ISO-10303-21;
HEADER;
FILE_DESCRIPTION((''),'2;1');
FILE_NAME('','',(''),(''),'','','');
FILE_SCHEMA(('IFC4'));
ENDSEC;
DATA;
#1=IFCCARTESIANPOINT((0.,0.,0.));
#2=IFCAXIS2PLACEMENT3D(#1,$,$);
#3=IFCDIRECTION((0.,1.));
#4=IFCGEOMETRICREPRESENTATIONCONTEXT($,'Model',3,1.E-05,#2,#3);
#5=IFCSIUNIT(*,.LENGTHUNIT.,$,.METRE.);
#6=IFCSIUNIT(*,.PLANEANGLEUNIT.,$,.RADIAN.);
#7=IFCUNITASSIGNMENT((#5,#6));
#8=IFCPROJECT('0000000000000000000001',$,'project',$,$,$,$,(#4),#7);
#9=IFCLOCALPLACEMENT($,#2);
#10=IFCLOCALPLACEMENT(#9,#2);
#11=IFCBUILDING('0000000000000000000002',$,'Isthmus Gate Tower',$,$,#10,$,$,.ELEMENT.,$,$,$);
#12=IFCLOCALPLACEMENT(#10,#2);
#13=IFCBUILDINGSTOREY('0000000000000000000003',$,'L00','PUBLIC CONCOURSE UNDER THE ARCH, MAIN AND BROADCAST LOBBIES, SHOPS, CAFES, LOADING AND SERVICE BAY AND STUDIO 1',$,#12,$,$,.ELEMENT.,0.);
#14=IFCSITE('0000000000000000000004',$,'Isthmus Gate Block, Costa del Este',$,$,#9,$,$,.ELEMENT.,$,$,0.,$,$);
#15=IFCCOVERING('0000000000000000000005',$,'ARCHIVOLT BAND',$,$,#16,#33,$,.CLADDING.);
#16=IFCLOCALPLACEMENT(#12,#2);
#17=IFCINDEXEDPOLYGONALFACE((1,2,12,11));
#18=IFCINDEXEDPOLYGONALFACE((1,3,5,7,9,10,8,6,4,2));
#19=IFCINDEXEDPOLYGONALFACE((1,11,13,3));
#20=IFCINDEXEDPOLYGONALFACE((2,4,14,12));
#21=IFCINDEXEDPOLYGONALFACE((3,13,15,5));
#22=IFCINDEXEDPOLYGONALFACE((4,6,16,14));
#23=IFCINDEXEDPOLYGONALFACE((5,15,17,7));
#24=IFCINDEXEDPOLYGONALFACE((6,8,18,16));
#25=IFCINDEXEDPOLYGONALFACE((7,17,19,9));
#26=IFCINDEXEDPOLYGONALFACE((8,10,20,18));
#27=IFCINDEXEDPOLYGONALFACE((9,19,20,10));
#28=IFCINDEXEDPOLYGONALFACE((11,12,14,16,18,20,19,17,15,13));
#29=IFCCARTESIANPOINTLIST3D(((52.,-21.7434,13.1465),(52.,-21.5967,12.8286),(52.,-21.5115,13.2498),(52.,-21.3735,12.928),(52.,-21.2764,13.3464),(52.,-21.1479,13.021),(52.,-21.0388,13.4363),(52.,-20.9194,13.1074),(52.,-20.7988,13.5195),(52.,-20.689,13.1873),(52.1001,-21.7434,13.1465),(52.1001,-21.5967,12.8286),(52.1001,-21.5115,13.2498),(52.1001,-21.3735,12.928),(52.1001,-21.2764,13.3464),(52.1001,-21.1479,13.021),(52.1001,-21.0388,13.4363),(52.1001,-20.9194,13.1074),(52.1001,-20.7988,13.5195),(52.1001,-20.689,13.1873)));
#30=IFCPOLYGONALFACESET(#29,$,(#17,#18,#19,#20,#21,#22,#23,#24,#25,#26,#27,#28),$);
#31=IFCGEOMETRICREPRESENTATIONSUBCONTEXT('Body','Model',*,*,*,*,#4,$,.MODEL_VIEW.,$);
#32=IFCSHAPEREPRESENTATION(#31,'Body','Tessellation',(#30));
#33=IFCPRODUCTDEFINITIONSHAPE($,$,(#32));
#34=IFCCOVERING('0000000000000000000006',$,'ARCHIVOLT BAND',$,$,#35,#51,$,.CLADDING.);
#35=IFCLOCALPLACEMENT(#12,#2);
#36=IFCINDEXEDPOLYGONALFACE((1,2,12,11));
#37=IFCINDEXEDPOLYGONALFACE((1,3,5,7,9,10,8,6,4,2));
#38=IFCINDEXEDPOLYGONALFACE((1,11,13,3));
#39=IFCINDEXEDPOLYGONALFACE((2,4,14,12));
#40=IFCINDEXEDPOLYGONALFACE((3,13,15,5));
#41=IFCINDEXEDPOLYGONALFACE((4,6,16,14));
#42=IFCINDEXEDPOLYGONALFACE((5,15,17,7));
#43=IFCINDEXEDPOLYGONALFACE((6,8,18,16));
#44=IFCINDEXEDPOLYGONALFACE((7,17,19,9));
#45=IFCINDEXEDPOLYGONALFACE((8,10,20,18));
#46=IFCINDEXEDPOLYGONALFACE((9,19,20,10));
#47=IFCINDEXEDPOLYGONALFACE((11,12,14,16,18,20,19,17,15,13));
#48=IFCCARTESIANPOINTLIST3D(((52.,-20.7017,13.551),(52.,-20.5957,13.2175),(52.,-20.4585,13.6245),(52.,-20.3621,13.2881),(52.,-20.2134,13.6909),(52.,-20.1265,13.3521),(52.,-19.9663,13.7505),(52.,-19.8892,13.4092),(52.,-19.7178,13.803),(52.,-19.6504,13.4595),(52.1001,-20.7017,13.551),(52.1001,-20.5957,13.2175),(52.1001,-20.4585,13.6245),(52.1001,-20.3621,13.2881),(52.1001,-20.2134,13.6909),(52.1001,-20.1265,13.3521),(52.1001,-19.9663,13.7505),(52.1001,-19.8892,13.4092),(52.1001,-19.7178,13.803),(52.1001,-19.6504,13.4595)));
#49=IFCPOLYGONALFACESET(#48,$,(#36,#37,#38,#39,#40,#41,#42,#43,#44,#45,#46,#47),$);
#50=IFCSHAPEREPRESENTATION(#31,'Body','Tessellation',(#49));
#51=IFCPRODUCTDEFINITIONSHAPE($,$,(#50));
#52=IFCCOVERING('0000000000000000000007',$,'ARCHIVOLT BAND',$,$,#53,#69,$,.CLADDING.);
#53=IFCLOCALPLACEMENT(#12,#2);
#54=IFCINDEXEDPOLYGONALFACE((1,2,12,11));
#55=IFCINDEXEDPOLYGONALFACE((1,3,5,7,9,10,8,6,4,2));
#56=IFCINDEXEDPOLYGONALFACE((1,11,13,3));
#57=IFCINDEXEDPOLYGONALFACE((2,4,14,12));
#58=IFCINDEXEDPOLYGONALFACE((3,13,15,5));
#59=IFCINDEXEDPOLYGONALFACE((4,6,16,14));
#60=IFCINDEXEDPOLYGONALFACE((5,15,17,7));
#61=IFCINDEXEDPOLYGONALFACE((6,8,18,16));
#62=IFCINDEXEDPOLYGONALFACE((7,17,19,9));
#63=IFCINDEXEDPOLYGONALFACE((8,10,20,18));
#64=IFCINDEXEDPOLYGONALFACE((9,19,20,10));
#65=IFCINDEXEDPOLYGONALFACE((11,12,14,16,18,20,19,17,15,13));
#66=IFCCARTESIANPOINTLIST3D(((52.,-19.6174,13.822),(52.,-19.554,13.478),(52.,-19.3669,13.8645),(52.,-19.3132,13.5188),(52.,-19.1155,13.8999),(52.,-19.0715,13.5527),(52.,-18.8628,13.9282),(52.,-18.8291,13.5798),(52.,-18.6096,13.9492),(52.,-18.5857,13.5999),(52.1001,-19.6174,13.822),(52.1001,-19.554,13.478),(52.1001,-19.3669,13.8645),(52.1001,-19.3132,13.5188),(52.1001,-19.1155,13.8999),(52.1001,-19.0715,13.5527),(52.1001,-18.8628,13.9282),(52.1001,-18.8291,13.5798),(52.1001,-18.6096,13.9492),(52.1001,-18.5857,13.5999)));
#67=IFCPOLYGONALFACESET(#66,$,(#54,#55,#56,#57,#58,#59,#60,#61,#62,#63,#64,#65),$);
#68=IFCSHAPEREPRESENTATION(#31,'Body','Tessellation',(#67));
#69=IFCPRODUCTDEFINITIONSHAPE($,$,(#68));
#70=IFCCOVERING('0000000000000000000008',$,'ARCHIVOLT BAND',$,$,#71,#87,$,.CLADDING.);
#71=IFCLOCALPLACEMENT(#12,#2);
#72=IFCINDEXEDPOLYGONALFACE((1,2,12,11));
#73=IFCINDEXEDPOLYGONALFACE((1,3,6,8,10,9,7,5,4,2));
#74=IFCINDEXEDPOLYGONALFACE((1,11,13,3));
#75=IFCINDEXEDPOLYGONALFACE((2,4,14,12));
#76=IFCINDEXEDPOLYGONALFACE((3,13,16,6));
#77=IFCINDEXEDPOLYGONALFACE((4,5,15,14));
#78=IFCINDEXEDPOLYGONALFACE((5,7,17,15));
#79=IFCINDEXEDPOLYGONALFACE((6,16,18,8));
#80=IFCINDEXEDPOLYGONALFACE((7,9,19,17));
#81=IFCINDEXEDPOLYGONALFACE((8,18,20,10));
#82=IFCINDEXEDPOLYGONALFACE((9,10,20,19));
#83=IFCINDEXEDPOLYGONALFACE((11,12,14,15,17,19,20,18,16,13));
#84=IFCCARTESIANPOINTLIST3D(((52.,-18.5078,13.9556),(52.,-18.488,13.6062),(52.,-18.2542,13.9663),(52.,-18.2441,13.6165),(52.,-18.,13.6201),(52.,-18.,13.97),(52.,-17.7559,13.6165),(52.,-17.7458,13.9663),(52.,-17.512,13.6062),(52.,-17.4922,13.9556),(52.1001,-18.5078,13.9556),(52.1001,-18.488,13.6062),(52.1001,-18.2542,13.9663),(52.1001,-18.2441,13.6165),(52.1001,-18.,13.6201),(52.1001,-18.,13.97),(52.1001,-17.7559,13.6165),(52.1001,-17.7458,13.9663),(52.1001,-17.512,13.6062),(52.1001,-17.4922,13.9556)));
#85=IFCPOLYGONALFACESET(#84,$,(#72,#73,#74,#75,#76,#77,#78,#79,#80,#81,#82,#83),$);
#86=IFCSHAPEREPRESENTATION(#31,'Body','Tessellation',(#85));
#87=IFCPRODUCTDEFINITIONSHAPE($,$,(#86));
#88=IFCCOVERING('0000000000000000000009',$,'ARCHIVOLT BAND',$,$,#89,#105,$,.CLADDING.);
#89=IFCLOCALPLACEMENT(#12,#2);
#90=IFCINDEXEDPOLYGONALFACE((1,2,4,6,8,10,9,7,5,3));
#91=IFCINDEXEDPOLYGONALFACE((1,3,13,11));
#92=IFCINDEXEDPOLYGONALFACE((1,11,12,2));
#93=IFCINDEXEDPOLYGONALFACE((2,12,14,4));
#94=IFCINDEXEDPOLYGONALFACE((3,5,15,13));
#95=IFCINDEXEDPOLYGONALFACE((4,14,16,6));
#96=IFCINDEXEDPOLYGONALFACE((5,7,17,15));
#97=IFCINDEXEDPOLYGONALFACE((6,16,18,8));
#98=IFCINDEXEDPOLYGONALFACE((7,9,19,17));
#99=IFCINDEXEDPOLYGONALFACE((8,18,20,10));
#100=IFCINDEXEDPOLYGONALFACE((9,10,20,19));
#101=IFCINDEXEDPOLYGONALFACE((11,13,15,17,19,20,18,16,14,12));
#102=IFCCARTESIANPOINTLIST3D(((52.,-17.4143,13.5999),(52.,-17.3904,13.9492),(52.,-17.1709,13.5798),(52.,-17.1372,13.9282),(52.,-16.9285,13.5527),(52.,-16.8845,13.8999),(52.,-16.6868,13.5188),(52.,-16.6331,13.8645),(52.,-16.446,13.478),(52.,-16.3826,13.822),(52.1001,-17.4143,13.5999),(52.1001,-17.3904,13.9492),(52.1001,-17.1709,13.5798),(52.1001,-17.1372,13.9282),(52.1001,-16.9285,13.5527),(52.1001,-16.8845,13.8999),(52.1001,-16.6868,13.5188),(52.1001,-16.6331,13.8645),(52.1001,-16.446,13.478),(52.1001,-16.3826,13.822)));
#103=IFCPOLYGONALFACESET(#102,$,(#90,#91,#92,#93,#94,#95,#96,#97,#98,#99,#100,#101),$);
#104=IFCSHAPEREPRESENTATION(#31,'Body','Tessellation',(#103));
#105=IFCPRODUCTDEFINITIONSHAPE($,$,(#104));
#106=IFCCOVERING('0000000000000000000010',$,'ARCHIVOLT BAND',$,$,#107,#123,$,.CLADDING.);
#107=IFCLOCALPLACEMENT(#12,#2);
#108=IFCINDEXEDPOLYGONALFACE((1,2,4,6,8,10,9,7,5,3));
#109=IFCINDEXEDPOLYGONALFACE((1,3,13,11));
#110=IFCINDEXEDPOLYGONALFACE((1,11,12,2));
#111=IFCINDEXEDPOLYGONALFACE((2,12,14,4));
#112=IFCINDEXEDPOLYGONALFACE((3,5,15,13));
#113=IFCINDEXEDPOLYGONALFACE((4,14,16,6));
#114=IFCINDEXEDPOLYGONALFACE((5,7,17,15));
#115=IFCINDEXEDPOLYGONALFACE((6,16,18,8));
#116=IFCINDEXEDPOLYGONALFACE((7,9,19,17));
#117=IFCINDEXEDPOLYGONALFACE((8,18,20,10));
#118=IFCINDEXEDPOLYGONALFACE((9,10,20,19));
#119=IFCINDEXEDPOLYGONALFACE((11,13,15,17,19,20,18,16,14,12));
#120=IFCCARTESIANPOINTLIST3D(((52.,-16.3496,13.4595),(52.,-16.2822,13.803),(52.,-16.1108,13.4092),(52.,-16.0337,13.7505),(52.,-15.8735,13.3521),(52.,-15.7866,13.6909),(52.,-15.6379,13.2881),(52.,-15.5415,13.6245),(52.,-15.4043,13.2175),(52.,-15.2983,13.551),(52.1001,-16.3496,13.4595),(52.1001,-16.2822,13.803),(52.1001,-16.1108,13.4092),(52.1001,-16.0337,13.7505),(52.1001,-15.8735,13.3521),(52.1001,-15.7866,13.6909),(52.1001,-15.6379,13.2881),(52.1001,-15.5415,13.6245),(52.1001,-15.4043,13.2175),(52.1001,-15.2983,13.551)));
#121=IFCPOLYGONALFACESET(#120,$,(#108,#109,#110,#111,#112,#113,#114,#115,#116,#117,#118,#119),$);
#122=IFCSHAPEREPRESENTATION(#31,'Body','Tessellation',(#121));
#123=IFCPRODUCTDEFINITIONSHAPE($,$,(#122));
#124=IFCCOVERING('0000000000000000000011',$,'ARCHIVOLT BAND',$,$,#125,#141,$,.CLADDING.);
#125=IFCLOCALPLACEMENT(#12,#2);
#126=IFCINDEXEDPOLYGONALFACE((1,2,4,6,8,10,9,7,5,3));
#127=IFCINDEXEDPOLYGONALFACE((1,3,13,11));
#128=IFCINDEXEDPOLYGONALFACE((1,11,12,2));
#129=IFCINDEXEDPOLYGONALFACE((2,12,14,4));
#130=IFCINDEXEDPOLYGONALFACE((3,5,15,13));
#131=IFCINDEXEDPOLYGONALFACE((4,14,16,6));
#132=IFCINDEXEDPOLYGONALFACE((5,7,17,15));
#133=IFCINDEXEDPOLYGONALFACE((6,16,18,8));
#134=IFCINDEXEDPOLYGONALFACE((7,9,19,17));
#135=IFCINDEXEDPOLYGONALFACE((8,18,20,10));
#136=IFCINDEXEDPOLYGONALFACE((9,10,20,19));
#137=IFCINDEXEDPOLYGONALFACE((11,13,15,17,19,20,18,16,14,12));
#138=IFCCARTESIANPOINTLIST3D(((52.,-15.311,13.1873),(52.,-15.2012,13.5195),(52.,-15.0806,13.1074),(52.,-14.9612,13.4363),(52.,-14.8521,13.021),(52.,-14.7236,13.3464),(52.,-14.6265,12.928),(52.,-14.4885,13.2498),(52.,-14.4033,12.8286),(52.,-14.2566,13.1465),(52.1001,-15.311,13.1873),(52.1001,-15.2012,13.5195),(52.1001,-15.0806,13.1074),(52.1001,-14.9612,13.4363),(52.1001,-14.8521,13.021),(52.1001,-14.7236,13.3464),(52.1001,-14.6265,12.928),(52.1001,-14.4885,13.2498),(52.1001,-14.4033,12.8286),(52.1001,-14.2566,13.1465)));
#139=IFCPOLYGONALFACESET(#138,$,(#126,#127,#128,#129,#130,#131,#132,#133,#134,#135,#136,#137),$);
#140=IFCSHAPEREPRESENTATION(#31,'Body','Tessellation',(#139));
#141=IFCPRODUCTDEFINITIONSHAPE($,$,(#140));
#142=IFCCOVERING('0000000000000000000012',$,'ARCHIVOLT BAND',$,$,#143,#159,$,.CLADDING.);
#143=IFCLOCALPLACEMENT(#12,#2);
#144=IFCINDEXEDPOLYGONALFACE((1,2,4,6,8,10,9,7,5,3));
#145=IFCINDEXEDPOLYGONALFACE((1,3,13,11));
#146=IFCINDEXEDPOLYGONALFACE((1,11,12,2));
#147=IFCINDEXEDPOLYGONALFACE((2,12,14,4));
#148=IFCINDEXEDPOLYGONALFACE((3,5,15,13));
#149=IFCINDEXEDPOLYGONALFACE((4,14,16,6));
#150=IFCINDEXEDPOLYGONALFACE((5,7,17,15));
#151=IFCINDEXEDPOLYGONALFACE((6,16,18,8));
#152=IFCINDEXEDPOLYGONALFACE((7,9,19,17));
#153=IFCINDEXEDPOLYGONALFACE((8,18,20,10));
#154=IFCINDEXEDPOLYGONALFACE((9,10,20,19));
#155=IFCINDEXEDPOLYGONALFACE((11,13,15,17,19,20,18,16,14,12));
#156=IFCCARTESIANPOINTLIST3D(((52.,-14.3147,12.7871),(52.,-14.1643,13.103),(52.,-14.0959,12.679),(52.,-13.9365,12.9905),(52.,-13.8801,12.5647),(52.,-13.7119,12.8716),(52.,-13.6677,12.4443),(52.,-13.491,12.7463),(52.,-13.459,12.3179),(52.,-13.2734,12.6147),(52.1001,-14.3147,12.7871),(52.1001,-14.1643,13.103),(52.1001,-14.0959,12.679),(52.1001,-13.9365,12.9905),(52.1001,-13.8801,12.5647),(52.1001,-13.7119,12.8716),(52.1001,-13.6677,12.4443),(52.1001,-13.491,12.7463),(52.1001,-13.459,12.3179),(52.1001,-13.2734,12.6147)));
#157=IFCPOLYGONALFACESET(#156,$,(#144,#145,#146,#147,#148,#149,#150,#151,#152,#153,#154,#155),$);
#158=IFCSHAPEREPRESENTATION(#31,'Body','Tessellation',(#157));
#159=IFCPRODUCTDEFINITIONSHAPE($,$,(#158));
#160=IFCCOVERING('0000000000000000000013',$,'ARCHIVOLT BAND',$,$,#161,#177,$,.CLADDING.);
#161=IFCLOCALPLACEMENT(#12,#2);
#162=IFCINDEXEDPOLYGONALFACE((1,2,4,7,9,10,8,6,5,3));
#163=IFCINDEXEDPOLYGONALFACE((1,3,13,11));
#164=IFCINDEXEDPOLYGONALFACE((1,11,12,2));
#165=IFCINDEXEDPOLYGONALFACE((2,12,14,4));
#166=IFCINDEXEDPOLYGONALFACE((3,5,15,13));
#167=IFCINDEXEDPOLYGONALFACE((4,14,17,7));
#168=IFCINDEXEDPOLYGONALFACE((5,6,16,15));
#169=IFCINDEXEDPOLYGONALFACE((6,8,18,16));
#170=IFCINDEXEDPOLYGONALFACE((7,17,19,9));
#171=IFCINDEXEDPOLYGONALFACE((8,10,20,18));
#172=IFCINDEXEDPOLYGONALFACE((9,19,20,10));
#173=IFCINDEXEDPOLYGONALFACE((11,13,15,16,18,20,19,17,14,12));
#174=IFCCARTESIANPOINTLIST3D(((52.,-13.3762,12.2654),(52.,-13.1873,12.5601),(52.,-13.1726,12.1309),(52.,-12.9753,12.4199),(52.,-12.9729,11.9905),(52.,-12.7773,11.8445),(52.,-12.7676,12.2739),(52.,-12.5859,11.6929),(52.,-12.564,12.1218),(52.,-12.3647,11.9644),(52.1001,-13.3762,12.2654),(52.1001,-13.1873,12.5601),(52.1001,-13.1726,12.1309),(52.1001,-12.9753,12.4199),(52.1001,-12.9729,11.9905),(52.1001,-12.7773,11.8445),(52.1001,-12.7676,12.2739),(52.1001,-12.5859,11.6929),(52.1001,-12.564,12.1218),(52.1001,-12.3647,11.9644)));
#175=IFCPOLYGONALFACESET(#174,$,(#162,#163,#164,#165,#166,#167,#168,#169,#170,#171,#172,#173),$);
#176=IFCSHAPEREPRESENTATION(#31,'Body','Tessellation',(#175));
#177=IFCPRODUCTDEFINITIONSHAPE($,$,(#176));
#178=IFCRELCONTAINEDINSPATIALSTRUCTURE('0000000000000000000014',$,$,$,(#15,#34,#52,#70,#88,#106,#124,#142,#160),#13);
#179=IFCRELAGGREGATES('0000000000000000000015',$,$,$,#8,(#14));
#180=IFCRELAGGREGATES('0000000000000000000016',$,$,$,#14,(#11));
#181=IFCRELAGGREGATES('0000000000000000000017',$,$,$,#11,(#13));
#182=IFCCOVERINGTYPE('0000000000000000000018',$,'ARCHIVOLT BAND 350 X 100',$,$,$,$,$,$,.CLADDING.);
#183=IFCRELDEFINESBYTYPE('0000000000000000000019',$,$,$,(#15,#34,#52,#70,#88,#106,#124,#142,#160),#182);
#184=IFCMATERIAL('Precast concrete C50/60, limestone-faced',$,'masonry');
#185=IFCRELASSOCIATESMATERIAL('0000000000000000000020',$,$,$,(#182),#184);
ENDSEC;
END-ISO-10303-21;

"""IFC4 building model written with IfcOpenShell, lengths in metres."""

from ifc_helpers import new_model, si_unit, direction, frame, origin, place, context, subcontext, project, spatial, polyline, outline, extrude, material, type_object, element, save


model = new_model("IFC4")

# Units and contexts
model_context = context("Model", 3, precision=1e-05, world=origin(), true_north=direction((0.0, 1.0)))
body_context = subcontext(model_context, "Body", "Model", "MODEL_VIEW")
ifc_project = project(units=[si_unit("LENGTHUNIT", "METRE"), si_unit("PLANEANGLEUNIT", "RADIAN")], contexts=[model_context])

# Site, building, storey
site_placement = place(None, origin())
site = spatial("IfcSite", under=ifc_project, at=site_placement, Name="Isthmus Gate Block, Costa del Este", CompositionType="ELEMENT", RefElevation=0.0)
building_placement = place(site_placement, origin())
building = spatial("IfcBuilding", under=site, at=building_placement, Name="Isthmus Gate Tower", CompositionType="ELEMENT")
storey_placement = place(building_placement, origin())
storey = spatial("IfcBuildingStorey", under=building, at=storey_placement, Name="L00", Description="PUBLIC CONCOURSE UNDER THE ARCH, MAIN AND BROADCAST LOBBIES, SHOPS, CAFES, LOADING AND SERVICE BAY AND STUDIO 1", CompositionType="ELEMENT", Elevation=0.0)

# Coverings
ifc_material_1 = material(Name="Precast concrete C50/60, limestone-faced", Category="masonry")
covering_type_1 = type_object("IfcCoveringType", Name="ARCHIVOLT BAND 350 X 100", PredefinedType="CLADDING", material=ifc_material_1)
covering_1_placement = place(storey_placement, frame((52.1001, -21.5967, 12.8286), z_axis=(1.0, 0.0, 0.0), x_axis=(0.0, 0.913523, 0.406788)))
element("IfcCovering", 1, at=covering_1_placement, inside=storey, type_object=covering_type_1, Name="ARCHIVOLT BAND", PredefinedType="CLADDING", context=body_context, shape_type="SweptSolid", body=[
    extrude(outline(polyline([(0.0, 0.0), (0.2443, 0.0), (0.4882, -0.0068), (0.7321, -0.0208), (0.9751, -0.0416), (1.0099, 0.3066), (0.7568, 0.3282), (0.5033, 0.3427), (0.2492, 0.3501), (-0.0047, 0.3501), (0.0, 0.0)])), origin(), (0.0, 0.0, -1.0), 0.1001),
])
covering_2_placement = place(storey_placement, frame((52.1001, -20.5957, 13.2175), z_axis=(1.0, 0.0, 0.0), x_axis=(0.0, 0.957302, 0.289091)))
element("IfcCovering", 2, at=covering_2_placement, inside=storey, type_object=covering_type_1, Name="ARCHIVOLT BAND", PredefinedType="CLADDING", context=body_context, shape_type="SweptSolid", body=[
    extrude(outline(polyline([(0.0, 0.0), (0.2441, 0.0), (0.4881, -0.0069), (0.7318, -0.0208), (0.9749, -0.0417), (1.0097, 0.3066), (0.7566, 0.3283), (0.5029, 0.3426), (0.249, 0.3499), (-0.005, 0.3499), (0.0, 0.0)])), origin(), (0.0, 0.0, -1.0), 0.1001),
])
covering_3_placement = place(storey_placement, frame((52.1001, -19.554, 13.478), z_axis=(1.0, 0.0, 0.0), x_axis=(0.0, 0.985958, 0.166993)))
element("IfcCovering", 3, at=covering_3_placement, inside=storey, type_object=covering_type_1, Name="ARCHIVOLT BAND", PredefinedType="CLADDING", context=body_context, shape_type="SweptSolid", body=[
    extrude(outline(polyline([(0.0, 0.0), (0.2442, 0.0), (0.4881, -0.0069), (0.7317, -0.0207), (0.975, -0.0416), (1.0098, 0.3069), (0.7566, 0.3285), (0.5028, 0.3427), (0.2489, 0.3498), (-0.0051, 0.3498), (0.0, 0.0)])), origin(), (0.0, 0.0, -1.0), 0.1001),
])
covering_4_placement = place(storey_placement, frame((52.1001, -18.488, 13.6062), z_axis=(1.0, 0.0, 0.0), x_axis=(0.0, 0.999117, 0.042005)))
element("IfcCovering", 4, at=covering_4_placement, inside=storey, type_object=covering_type_1, Name="ARCHIVOLT BAND", PredefinedType="CLADDING", context=body_context, shape_type="SweptSolid", body=[
    extrude(outline(polyline([(0.0, 0.0), (0.2441, 0.0), (0.4882, -0.0066), (0.732, -0.0205), (0.9752, -0.041), (1.0096, 0.3072), (0.7567, 0.3286), (0.5029, 0.3429), (0.2488, 0.35), (-0.0051, 0.3499), (0.0, 0.0)])), origin(), (0.0, 0.0, -1.0), 0.1001),
])
covering_5_placement = place(storey_placement, frame((52.1001, -17.4143, 13.5999), z_axis=(1.0, 0.0, 0.0), x_axis=(0.0, 0.996635, -0.08197)))
element("IfcCovering", 5, at=covering_5_placement, inside=storey, type_object=covering_type_1, Name="ARCHIVOLT BAND", PredefinedType="CLADDING", context=body_context, shape_type="SweptSolid", body=[
    extrude(outline(polyline([(0.0, 0.0), (0.2442, 0.0), (0.4881, -0.0071), (0.7317, -0.0211), (0.975, -0.042), (1.0101, 0.306), (0.7569, 0.3278), (0.5034, 0.3425), (0.2493, 0.35), (-0.0048, 0.3502), (0.0, 0.0)])), origin(), (0.0, 0.0, -1.0), 0.1001),
])
covering_6_placement = place(storey_placement, frame((52.1001, -16.3496, 13.4595), z_axis=(1.0, 0.0, 0.0), x_axis=(0.0, 0.978529, -0.206111)))
element("IfcCovering", 6, at=covering_6_placement, inside=storey, type_object=covering_type_1, Name="ARCHIVOLT BAND", PredefinedType="CLADDING", context=body_context, shape_type="SweptSolid", body=[
    extrude(outline(polyline([(0.0, 0.0), (0.244, 0.0), (0.488, -0.007), (0.7317, -0.021), (0.9749, -0.0419), (1.0098, 0.3063), (0.7567, 0.3281), (0.5032, 0.3425), (0.2492, 0.3499), (-0.0049, 0.35), (0.0, 0.0)])), origin(), (0.0, 0.0, -1.0), 0.1001),
])
covering_7_placement = place(storey_placement, frame((52.1001, -15.311, 13.1873), z_axis=(1.0, 0.0, 0.0), x_axis=(0.0, 0.944915, -0.327317)))
element("IfcCovering", 7, at=covering_7_placement, inside=storey, type_object=covering_type_1, Name="ARCHIVOLT BAND", PredefinedType="CLADDING", context=body_context, shape_type="SweptSolid", body=[
    extrude(outline(polyline([(0.0, 0.0), (0.2439, 0.0), (0.4881, -0.0069), (0.7317, -0.0209), (0.9751, -0.0418), (1.0097, 0.3066), (0.7567, 0.3283), (0.5029, 0.3427), (0.2491, 0.3498), (-0.0049, 0.3499), (0.0, 0.0)])), origin(), (0.0, 0.0, -1.0), 0.1001),
])
covering_8_placement = place(storey_placement, frame((52.1001, -14.3147, 12.7871), z_axis=(1.0, 0.0, 0.0), x_axis=(0.0, 0.896419, -0.443207)))
element("IfcCovering", 8, at=covering_8_placement, inside=storey, type_object=covering_type_1, Name="ARCHIVOLT BAND", PredefinedType="CLADDING", context=body_context, shape_type="SweptSolid", body=[
    extrude(outline(polyline([(0.0, 0.0), (0.244, 0.0), (0.4881, -0.0068), (0.7319, -0.0205), (0.975, -0.0414), (1.0098, 0.307), (0.7565, 0.3285), (0.5029, 0.3429), (0.2489, 0.3499), (-0.0052, 0.3498), (0.0, 0.0)])), origin(), (0.0, 0.0, -1.0), 0.1001),
])
covering_9_placement = place(storey_placement, frame((52.1001, -13.3762, 12.2654), z_axis=(1.0, 0.0, 0.0), x_axis=(0.0, 0.834352, -0.551232)))
element("IfcCovering", 9, at=covering_9_placement, inside=storey, type_object=covering_type_1, Name="ARCHIVOLT BAND", PredefinedType="CLADDING", context=body_context, shape_type="SweptSolid", body=[
    extrude(outline(polyline([(0.0, 0.0), (0.244, 0.0), (0.488, -0.007), (0.7317, -0.0211), (0.975, -0.042), (1.0099, 0.3064), (0.7568, 0.328), (0.5031, 0.3426), (0.2493, 0.3499), (-0.0048, 0.35), (0.0, 0.0)])), origin(), (0.0, 0.0, -1.0), 0.1001),
])

save(model, "model.ifc")
